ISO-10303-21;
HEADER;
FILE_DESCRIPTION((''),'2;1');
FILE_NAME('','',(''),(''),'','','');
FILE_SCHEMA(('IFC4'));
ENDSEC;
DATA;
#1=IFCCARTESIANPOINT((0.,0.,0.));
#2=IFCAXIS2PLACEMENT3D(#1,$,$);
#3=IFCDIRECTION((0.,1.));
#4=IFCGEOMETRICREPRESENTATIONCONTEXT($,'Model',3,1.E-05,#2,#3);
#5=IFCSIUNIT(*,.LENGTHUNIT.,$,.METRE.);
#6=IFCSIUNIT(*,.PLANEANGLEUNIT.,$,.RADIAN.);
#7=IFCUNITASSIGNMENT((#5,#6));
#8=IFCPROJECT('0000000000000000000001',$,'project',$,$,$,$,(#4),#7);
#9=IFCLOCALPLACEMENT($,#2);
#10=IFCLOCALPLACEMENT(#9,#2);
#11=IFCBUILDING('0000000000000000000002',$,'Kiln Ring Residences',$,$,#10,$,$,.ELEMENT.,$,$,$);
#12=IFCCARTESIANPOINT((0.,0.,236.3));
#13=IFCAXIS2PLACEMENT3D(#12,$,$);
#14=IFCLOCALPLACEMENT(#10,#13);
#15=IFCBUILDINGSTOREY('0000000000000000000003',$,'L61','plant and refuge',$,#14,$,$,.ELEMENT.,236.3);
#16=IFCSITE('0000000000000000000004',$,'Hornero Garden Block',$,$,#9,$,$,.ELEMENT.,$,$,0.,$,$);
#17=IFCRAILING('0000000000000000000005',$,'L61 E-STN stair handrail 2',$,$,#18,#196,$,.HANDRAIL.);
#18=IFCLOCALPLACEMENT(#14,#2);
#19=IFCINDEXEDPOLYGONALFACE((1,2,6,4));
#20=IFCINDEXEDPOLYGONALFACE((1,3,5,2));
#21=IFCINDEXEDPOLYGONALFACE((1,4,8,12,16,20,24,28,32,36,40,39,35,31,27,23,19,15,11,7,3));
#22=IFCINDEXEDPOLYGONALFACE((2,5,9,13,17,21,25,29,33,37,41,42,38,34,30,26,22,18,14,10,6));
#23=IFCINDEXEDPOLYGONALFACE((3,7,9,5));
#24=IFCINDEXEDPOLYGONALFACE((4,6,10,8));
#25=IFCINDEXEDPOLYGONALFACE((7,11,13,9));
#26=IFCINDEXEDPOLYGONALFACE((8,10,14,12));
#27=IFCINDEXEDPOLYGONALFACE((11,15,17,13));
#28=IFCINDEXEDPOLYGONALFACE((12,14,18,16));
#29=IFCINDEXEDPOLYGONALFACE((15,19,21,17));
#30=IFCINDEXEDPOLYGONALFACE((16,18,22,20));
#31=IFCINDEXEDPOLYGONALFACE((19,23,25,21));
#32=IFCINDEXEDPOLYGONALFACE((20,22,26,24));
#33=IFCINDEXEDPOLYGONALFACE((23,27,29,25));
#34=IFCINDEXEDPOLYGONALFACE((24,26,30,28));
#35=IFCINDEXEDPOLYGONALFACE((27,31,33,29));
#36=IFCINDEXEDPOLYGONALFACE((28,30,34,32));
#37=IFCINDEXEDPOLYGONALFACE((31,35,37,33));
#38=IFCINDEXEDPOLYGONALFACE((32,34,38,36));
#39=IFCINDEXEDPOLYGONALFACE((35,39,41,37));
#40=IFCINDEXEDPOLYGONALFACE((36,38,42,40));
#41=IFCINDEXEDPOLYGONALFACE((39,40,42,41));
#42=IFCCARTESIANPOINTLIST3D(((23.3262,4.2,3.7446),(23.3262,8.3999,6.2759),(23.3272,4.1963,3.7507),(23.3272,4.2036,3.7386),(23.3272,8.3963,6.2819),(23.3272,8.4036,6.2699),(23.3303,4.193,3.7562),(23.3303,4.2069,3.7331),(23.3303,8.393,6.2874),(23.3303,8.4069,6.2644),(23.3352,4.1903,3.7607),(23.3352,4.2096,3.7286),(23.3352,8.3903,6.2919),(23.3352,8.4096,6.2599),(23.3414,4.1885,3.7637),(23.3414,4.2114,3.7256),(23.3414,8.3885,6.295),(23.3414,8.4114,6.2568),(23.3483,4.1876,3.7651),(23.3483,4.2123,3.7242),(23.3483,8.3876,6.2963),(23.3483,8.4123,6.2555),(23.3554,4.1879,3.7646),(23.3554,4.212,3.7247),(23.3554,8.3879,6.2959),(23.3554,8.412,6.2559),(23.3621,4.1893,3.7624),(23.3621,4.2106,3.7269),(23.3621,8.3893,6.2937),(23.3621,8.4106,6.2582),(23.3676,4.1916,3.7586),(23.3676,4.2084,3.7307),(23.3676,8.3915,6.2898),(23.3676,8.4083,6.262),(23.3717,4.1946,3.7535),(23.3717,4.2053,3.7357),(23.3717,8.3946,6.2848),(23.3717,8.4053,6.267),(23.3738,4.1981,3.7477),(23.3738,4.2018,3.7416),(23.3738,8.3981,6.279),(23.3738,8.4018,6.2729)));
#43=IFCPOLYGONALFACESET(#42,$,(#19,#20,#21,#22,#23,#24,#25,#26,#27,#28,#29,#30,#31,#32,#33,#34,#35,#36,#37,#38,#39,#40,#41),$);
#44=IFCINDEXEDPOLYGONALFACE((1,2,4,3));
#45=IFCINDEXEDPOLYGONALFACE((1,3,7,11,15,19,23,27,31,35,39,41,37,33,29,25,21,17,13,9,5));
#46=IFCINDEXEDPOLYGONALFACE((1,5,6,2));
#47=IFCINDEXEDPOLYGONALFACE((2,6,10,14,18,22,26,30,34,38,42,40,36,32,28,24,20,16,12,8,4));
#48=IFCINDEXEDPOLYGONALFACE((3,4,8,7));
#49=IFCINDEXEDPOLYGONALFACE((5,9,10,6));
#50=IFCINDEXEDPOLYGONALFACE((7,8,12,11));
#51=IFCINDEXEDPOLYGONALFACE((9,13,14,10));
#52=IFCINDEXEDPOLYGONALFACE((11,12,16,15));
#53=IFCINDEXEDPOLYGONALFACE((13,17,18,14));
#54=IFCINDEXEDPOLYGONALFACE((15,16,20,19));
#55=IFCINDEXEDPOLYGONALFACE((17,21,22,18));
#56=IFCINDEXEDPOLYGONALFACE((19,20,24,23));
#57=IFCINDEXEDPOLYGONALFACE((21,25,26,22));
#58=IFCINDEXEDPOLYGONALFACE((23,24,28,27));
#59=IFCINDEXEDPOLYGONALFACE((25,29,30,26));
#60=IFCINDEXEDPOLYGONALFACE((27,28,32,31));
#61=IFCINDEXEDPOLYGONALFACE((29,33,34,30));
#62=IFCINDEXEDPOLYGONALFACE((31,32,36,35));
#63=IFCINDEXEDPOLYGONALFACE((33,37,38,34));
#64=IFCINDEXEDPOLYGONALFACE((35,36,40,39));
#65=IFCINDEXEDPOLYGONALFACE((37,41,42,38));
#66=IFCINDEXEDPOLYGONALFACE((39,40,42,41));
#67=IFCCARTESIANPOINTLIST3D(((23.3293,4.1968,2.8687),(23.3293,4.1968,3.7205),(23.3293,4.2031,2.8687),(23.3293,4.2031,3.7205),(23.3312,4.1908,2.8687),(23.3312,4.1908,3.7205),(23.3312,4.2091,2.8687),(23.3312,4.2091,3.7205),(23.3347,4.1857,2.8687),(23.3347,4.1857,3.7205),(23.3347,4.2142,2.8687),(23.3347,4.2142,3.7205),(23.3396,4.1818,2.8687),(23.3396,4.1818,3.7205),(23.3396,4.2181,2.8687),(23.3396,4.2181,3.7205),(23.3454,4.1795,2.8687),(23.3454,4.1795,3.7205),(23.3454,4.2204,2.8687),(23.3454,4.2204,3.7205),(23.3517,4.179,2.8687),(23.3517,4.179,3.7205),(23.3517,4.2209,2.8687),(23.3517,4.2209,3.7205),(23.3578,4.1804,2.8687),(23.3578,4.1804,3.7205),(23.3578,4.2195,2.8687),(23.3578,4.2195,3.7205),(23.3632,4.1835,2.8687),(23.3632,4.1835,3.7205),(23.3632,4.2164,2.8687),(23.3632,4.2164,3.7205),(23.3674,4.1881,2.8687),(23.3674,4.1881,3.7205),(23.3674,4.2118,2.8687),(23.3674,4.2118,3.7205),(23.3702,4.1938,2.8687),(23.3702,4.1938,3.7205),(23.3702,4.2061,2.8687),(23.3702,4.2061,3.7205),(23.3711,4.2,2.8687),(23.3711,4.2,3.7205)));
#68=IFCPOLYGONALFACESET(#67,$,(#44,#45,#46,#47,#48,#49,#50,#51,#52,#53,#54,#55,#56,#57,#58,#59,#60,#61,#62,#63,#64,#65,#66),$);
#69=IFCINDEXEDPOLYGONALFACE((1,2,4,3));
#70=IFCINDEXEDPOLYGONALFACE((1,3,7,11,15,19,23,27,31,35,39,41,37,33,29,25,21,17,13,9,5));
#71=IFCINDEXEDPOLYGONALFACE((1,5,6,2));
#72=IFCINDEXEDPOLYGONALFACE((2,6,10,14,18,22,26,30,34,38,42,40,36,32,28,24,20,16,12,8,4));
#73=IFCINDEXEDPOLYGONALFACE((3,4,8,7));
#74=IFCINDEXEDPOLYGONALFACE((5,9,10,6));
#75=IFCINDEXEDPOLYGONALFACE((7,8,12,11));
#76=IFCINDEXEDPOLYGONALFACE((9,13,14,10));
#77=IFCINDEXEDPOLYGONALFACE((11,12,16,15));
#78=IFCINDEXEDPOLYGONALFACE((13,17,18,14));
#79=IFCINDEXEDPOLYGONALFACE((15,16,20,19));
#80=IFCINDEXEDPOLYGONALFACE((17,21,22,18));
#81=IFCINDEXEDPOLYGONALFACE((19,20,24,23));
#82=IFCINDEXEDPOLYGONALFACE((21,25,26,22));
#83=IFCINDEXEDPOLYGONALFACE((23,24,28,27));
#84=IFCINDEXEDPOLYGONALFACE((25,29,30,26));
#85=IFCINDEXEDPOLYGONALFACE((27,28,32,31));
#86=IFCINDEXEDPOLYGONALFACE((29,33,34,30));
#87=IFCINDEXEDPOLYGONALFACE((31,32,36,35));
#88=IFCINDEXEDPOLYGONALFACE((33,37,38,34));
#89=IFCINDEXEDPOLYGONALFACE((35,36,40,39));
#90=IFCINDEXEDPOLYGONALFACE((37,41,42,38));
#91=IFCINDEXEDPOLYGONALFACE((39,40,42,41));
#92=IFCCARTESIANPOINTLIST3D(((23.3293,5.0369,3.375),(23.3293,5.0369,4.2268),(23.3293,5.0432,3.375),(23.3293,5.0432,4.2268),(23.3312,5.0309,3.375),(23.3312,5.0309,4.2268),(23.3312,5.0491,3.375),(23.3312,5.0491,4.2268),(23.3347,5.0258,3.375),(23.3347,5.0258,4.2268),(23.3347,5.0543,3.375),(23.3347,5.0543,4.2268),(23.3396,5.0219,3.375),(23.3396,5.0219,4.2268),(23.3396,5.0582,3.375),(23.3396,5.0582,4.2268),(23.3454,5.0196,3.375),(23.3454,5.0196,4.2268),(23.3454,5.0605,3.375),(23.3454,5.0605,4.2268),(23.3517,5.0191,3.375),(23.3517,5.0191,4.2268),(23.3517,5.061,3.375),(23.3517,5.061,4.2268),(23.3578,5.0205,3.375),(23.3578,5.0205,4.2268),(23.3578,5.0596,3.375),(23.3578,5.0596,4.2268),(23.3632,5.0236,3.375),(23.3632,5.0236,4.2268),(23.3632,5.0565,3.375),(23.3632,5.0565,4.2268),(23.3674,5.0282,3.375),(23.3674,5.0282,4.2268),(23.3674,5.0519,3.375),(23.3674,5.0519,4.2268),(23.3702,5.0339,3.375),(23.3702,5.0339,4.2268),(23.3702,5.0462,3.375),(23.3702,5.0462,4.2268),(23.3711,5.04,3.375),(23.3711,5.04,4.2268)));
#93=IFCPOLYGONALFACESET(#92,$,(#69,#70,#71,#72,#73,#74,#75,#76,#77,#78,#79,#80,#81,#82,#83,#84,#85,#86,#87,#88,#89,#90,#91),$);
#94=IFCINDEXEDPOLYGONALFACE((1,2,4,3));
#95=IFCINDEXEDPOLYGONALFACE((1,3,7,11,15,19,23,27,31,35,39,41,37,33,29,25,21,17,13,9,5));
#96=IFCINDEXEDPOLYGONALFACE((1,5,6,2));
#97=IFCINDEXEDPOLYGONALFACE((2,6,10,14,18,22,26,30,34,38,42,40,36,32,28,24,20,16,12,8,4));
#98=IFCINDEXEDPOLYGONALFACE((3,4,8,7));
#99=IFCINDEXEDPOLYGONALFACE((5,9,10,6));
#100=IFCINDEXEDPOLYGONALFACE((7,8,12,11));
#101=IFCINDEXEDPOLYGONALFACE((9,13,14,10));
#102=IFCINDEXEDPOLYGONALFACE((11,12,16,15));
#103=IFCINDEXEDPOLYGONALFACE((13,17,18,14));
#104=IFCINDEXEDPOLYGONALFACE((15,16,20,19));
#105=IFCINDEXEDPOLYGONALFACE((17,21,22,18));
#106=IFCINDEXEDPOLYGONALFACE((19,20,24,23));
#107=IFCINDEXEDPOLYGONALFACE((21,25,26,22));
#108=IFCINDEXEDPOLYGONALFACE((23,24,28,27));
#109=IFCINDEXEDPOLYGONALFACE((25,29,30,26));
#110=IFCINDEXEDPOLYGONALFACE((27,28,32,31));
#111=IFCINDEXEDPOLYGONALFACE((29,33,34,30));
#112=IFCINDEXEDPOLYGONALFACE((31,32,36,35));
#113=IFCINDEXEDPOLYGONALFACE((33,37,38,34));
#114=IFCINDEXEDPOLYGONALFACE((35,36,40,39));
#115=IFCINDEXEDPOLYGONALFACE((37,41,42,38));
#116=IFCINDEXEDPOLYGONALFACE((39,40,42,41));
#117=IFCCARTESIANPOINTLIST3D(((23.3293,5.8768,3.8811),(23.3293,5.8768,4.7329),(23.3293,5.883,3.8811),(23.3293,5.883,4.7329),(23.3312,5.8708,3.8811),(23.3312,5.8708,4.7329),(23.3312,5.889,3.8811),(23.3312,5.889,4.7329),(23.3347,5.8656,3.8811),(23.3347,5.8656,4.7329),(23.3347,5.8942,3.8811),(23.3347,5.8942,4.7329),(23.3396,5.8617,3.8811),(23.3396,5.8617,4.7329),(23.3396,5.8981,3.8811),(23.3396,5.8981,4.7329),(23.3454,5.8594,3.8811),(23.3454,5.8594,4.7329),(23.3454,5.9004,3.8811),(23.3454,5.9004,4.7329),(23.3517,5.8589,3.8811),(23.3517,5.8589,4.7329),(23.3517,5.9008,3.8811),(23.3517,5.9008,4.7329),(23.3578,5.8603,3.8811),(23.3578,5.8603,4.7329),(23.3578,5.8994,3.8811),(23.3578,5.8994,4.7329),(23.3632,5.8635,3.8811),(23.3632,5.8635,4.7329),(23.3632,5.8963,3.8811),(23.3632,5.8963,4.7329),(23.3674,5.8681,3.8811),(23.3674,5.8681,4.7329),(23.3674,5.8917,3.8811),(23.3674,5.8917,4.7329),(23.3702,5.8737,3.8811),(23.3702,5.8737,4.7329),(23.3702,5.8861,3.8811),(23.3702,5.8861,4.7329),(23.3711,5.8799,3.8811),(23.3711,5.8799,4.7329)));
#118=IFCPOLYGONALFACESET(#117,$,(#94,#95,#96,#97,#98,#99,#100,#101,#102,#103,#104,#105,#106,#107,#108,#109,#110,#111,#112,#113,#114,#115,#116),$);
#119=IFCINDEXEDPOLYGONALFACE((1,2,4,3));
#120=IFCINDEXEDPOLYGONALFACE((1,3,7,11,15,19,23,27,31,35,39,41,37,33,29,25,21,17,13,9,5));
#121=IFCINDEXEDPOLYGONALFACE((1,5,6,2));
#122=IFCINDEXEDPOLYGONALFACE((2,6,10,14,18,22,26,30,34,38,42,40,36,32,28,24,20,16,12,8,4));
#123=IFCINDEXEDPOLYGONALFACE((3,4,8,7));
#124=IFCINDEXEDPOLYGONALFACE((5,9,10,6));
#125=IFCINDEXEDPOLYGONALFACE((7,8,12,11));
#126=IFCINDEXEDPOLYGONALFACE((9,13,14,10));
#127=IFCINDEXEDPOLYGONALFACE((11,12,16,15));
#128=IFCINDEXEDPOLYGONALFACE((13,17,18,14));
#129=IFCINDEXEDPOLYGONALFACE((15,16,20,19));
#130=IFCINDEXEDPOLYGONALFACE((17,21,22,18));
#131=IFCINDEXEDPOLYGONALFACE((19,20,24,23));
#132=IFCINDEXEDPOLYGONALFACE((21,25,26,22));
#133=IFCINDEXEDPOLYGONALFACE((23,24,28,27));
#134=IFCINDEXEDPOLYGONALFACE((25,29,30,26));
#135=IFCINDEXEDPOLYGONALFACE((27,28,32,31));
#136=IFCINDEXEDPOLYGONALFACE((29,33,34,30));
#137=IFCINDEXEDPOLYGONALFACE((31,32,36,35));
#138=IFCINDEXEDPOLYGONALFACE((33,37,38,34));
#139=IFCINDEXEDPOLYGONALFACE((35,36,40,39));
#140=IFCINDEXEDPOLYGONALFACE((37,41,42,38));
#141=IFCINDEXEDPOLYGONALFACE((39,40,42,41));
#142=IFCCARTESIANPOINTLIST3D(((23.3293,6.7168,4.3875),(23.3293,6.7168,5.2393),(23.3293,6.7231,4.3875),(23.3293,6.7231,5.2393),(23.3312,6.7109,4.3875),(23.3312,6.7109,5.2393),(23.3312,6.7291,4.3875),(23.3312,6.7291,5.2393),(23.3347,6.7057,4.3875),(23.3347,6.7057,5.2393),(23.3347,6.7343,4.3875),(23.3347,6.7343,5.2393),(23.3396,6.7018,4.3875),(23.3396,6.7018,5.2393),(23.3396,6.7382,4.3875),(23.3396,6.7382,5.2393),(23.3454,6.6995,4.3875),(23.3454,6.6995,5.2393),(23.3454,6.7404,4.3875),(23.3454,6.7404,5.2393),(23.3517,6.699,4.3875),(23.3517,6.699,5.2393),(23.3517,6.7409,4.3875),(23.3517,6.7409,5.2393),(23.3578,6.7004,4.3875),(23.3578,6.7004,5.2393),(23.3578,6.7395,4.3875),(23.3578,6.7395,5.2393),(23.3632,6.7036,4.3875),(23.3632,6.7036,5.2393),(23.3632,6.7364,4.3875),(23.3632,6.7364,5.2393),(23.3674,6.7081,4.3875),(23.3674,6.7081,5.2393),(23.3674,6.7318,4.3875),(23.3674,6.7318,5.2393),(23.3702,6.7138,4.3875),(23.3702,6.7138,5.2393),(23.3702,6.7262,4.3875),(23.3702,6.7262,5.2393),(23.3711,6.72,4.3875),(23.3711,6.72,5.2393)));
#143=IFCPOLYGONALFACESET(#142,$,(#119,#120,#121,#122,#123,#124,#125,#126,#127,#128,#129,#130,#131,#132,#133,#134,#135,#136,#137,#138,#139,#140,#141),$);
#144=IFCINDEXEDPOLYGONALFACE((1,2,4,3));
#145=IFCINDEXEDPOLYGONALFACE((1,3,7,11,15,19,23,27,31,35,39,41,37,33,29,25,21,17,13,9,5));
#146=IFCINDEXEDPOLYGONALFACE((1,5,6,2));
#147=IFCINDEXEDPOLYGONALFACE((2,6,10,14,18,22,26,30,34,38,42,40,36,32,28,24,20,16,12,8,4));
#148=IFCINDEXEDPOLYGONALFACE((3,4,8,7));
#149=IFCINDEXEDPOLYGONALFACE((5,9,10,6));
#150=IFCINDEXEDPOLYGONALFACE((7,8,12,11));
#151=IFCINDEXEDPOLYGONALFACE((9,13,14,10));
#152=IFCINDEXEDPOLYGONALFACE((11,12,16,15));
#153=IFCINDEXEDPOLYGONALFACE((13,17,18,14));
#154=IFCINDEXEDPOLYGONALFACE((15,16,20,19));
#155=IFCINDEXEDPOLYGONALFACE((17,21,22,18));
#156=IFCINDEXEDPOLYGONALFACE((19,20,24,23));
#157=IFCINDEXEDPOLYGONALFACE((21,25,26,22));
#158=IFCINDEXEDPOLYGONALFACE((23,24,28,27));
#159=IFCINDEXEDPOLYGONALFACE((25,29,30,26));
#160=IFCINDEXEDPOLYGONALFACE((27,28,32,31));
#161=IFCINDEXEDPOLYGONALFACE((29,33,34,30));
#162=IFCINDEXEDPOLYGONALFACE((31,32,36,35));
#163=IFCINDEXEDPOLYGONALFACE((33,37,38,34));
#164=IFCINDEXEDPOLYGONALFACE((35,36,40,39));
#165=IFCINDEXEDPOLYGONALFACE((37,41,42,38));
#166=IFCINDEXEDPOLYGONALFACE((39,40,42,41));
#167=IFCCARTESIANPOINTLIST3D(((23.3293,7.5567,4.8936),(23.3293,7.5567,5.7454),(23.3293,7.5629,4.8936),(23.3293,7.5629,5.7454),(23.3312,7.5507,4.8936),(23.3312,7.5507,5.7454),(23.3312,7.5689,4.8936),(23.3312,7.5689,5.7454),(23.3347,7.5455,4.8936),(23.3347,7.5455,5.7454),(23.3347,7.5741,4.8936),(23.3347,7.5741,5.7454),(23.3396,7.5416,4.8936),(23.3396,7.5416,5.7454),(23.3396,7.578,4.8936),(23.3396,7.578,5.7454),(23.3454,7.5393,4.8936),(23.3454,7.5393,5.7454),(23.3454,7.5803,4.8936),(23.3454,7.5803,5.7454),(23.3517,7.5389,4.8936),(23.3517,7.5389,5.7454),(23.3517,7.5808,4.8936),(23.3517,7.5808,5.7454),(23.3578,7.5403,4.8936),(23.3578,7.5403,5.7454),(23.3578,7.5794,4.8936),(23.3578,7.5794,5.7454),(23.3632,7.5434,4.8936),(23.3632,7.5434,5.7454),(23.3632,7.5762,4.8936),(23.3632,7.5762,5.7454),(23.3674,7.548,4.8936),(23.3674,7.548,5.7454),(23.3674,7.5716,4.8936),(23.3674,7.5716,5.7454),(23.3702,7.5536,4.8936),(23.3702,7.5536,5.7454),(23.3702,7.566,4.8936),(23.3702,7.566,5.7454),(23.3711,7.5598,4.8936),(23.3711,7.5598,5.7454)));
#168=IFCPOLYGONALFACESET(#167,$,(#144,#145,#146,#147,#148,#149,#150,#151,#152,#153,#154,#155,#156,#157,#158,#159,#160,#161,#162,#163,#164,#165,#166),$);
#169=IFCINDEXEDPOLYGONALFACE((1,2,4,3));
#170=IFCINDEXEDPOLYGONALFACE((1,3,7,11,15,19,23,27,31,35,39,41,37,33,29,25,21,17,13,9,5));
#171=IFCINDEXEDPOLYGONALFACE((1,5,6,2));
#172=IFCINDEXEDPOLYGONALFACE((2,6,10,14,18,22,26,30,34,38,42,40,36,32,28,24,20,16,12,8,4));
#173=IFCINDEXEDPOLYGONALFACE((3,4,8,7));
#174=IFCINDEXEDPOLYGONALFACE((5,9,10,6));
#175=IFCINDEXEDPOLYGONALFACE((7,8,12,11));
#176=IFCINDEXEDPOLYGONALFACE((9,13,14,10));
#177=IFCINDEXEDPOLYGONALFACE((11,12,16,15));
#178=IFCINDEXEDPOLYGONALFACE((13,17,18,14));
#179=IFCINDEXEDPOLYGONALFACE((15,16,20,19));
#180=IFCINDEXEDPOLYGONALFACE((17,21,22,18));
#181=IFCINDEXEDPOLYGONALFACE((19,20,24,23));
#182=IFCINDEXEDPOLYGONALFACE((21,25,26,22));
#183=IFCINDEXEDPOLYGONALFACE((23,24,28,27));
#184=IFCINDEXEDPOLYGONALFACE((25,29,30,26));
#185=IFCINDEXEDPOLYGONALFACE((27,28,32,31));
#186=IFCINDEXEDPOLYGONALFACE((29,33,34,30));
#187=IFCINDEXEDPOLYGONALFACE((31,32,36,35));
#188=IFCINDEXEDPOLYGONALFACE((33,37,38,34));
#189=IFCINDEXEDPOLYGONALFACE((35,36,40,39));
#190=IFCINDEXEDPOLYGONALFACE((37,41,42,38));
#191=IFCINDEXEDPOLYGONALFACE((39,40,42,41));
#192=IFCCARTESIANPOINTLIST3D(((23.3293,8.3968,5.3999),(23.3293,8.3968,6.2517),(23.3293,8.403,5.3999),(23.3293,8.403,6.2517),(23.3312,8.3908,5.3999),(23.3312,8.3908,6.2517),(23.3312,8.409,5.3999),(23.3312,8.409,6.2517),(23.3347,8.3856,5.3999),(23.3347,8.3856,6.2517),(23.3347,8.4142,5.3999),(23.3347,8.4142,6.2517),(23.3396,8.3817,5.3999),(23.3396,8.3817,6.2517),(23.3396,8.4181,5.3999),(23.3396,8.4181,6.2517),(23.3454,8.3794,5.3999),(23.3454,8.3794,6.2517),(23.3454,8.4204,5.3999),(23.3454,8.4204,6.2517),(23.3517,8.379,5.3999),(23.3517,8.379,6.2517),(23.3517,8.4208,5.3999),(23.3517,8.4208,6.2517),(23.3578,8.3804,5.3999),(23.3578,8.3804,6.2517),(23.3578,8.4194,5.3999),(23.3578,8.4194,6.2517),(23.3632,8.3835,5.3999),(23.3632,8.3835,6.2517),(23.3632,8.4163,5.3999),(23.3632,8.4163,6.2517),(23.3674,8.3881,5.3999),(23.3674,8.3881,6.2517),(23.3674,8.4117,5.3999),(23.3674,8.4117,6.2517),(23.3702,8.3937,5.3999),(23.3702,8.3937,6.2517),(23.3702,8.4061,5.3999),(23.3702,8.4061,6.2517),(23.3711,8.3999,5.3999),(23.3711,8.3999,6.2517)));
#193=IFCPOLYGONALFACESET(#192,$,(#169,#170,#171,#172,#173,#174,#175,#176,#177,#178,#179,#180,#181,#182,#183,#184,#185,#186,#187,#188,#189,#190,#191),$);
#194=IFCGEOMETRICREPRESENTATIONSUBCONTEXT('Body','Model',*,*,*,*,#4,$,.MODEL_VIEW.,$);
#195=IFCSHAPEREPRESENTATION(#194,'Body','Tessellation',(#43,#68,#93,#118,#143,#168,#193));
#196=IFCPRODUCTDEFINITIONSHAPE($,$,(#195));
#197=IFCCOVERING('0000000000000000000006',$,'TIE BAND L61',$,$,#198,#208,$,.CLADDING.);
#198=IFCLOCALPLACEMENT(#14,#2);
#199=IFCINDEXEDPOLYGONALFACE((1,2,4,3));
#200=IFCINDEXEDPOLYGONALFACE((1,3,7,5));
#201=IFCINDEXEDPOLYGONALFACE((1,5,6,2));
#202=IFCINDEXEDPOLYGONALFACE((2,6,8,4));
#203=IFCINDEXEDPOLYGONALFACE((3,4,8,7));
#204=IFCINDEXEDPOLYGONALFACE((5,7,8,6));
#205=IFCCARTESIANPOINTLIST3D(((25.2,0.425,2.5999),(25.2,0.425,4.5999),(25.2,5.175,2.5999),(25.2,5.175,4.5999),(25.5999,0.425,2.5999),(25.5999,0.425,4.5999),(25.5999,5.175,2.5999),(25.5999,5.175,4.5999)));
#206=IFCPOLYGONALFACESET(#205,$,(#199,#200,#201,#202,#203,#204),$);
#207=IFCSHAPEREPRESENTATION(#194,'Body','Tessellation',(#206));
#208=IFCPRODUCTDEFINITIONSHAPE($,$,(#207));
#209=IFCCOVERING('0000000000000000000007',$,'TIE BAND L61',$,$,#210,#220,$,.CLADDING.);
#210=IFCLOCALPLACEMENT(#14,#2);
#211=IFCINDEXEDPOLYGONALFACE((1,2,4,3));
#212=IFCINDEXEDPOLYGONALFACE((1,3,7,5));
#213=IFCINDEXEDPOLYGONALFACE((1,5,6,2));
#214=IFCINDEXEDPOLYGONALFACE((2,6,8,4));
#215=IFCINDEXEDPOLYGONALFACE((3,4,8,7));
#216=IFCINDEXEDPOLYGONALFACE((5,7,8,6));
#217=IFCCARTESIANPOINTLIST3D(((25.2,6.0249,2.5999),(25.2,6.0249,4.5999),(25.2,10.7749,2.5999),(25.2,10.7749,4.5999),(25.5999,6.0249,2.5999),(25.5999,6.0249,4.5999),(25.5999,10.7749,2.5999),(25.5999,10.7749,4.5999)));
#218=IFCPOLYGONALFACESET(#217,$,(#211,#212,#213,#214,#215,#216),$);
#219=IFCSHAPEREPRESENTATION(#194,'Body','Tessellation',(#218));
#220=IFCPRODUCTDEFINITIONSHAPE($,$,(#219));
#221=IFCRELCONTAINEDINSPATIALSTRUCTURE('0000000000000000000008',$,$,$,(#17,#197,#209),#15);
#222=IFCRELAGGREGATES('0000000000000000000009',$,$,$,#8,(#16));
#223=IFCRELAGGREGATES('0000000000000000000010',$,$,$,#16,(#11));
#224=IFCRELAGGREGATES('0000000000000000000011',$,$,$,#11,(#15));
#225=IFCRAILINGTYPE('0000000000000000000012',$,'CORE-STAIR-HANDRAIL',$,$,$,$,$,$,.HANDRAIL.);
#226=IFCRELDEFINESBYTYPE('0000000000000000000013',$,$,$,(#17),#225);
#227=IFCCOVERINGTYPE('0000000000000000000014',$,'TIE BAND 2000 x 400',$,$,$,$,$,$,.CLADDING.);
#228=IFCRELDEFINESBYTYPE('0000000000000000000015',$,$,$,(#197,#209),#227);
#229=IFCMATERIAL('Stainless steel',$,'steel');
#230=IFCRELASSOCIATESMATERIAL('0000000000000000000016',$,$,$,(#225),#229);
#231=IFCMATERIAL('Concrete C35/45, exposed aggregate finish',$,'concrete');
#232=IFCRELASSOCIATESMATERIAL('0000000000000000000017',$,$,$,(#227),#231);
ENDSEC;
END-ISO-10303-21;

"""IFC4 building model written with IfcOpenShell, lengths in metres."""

from ifc_helpers import new_model, si_unit, direction, frame, origin, origin_2d, place, context, subcontext, project, spatial, rectangle, circle, extrude, material, type_object, element, save


model = new_model("IFC4")

# Units and contexts
model_context = context("Model", 3, precision=1e-05, world=origin(), true_north=direction((0.0, 1.0)))
body_context = subcontext(model_context, "Body", "Model", "MODEL_VIEW")
ifc_project = project(units=[si_unit("LENGTHUNIT", "METRE"), si_unit("PLANEANGLEUNIT", "RADIAN")], contexts=[model_context])

# Site, building, storey
site_placement = place(None, origin())
site = spatial("IfcSite", under=ifc_project, at=site_placement, Name="Hornero Garden Block", CompositionType="ELEMENT", RefElevation=0.0)
building_placement = place(site_placement, origin())
building = spatial("IfcBuilding", under=site, at=building_placement, Name="Kiln Ring Residences", CompositionType="ELEMENT")
storey_placement = place(building_placement, frame((0.0, 0.0, 236.3)))
storey = spatial("IfcBuildingStorey", under=building, at=storey_placement, Name="L61", Description="plant and refuge", CompositionType="ELEMENT", Elevation=236.3)

# Railing
ifc_material_1 = material(Name="Stainless steel", Category="steel")
railing_type_1 = type_object("IfcRailingType", Name="CORE-STAIR-HANDRAIL", PredefinedType="HANDRAIL", material=ifc_material_1)
railing_1_placement = place(storey_placement, frame((23.3501, 4.2, 2.8687)))
element("IfcRailing", 1, at=railing_1_placement, inside=storey, type_object=railing_type_1, Name="L61 E-STN stair handrail 2", PredefinedType="HANDRAIL", context=body_context, shape_type="SweptSolid", body=[
    extrude(circle(Radius=0.0239, at=origin_2d()), frame((0.0, 0.0, 0.876), z_axis=(0.0, 0.856476, 0.516186), x_axis=(-1.0, 0.0, 0.0)), (0.0, 0.0, 1.0), 4.9038),
    extrude(circle(Radius=0.021, at=origin_2d()), origin(), (0.0, 0.0, 1.0), 0.8518),
    extrude(circle(Radius=0.021, at=origin_2d()), frame((0.0, 0.8401, 0.5063)), (0.0, 0.0, 1.0), 0.8518),
    extrude(circle(Radius=0.021, at=origin_2d()), frame((0.0, 1.6799, 1.0125)), (0.0, 0.0, 1.0), 0.8518),
    extrude(circle(Radius=0.021, at=origin_2d()), frame((0.0, 2.52, 1.5188)), (0.0, 0.0, 1.0), 0.8518),
    extrude(circle(Radius=0.021, at=origin_2d()), frame((0.0, 3.3599, 2.0249)), (0.0, 0.0, 1.0), 0.8518),
    extrude(circle(Radius=0.021, at=origin_2d()), frame((0.0, 4.2, 2.5312)), (0.0, 0.0, 1.0), 0.8518),
])

# Coverings
ifc_material_2 = material(Name="Concrete C35/45, exposed aggregate finish", Category="concrete")
covering_type = type_object("IfcCoveringType", Name="TIE BAND 2000 x 400", PredefinedType="CLADDING", material=ifc_material_2)
for number, where, z_axis, x_axis, name in (
    (2, (25.3999, 2.8, 2.5999), (0.0, 0.0, 1.0), (0.0, 1.0, 0.0), "TIE BAND L61"),
    (3, (25.3999, 8.3999, 2.5999), (0.0, 0.0, 1.0), (0.0, 1.0, 0.0), "TIE BAND L61"),
):
    element("IfcCovering", number, at=place(storey_placement, frame(where, z_axis=z_axis, x_axis=x_axis)), inside=storey, type_object=covering_type, Name=name, PredefinedType="CLADDING", context=body_context, shape_type="SweptSolid", body=[
        extrude(rectangle(XDim=4.75, YDim=0.3999, at=origin_2d()), origin(), (0.0, 0.0, 1.0), 2.0),
    ])

save(model, "model.ifc")
